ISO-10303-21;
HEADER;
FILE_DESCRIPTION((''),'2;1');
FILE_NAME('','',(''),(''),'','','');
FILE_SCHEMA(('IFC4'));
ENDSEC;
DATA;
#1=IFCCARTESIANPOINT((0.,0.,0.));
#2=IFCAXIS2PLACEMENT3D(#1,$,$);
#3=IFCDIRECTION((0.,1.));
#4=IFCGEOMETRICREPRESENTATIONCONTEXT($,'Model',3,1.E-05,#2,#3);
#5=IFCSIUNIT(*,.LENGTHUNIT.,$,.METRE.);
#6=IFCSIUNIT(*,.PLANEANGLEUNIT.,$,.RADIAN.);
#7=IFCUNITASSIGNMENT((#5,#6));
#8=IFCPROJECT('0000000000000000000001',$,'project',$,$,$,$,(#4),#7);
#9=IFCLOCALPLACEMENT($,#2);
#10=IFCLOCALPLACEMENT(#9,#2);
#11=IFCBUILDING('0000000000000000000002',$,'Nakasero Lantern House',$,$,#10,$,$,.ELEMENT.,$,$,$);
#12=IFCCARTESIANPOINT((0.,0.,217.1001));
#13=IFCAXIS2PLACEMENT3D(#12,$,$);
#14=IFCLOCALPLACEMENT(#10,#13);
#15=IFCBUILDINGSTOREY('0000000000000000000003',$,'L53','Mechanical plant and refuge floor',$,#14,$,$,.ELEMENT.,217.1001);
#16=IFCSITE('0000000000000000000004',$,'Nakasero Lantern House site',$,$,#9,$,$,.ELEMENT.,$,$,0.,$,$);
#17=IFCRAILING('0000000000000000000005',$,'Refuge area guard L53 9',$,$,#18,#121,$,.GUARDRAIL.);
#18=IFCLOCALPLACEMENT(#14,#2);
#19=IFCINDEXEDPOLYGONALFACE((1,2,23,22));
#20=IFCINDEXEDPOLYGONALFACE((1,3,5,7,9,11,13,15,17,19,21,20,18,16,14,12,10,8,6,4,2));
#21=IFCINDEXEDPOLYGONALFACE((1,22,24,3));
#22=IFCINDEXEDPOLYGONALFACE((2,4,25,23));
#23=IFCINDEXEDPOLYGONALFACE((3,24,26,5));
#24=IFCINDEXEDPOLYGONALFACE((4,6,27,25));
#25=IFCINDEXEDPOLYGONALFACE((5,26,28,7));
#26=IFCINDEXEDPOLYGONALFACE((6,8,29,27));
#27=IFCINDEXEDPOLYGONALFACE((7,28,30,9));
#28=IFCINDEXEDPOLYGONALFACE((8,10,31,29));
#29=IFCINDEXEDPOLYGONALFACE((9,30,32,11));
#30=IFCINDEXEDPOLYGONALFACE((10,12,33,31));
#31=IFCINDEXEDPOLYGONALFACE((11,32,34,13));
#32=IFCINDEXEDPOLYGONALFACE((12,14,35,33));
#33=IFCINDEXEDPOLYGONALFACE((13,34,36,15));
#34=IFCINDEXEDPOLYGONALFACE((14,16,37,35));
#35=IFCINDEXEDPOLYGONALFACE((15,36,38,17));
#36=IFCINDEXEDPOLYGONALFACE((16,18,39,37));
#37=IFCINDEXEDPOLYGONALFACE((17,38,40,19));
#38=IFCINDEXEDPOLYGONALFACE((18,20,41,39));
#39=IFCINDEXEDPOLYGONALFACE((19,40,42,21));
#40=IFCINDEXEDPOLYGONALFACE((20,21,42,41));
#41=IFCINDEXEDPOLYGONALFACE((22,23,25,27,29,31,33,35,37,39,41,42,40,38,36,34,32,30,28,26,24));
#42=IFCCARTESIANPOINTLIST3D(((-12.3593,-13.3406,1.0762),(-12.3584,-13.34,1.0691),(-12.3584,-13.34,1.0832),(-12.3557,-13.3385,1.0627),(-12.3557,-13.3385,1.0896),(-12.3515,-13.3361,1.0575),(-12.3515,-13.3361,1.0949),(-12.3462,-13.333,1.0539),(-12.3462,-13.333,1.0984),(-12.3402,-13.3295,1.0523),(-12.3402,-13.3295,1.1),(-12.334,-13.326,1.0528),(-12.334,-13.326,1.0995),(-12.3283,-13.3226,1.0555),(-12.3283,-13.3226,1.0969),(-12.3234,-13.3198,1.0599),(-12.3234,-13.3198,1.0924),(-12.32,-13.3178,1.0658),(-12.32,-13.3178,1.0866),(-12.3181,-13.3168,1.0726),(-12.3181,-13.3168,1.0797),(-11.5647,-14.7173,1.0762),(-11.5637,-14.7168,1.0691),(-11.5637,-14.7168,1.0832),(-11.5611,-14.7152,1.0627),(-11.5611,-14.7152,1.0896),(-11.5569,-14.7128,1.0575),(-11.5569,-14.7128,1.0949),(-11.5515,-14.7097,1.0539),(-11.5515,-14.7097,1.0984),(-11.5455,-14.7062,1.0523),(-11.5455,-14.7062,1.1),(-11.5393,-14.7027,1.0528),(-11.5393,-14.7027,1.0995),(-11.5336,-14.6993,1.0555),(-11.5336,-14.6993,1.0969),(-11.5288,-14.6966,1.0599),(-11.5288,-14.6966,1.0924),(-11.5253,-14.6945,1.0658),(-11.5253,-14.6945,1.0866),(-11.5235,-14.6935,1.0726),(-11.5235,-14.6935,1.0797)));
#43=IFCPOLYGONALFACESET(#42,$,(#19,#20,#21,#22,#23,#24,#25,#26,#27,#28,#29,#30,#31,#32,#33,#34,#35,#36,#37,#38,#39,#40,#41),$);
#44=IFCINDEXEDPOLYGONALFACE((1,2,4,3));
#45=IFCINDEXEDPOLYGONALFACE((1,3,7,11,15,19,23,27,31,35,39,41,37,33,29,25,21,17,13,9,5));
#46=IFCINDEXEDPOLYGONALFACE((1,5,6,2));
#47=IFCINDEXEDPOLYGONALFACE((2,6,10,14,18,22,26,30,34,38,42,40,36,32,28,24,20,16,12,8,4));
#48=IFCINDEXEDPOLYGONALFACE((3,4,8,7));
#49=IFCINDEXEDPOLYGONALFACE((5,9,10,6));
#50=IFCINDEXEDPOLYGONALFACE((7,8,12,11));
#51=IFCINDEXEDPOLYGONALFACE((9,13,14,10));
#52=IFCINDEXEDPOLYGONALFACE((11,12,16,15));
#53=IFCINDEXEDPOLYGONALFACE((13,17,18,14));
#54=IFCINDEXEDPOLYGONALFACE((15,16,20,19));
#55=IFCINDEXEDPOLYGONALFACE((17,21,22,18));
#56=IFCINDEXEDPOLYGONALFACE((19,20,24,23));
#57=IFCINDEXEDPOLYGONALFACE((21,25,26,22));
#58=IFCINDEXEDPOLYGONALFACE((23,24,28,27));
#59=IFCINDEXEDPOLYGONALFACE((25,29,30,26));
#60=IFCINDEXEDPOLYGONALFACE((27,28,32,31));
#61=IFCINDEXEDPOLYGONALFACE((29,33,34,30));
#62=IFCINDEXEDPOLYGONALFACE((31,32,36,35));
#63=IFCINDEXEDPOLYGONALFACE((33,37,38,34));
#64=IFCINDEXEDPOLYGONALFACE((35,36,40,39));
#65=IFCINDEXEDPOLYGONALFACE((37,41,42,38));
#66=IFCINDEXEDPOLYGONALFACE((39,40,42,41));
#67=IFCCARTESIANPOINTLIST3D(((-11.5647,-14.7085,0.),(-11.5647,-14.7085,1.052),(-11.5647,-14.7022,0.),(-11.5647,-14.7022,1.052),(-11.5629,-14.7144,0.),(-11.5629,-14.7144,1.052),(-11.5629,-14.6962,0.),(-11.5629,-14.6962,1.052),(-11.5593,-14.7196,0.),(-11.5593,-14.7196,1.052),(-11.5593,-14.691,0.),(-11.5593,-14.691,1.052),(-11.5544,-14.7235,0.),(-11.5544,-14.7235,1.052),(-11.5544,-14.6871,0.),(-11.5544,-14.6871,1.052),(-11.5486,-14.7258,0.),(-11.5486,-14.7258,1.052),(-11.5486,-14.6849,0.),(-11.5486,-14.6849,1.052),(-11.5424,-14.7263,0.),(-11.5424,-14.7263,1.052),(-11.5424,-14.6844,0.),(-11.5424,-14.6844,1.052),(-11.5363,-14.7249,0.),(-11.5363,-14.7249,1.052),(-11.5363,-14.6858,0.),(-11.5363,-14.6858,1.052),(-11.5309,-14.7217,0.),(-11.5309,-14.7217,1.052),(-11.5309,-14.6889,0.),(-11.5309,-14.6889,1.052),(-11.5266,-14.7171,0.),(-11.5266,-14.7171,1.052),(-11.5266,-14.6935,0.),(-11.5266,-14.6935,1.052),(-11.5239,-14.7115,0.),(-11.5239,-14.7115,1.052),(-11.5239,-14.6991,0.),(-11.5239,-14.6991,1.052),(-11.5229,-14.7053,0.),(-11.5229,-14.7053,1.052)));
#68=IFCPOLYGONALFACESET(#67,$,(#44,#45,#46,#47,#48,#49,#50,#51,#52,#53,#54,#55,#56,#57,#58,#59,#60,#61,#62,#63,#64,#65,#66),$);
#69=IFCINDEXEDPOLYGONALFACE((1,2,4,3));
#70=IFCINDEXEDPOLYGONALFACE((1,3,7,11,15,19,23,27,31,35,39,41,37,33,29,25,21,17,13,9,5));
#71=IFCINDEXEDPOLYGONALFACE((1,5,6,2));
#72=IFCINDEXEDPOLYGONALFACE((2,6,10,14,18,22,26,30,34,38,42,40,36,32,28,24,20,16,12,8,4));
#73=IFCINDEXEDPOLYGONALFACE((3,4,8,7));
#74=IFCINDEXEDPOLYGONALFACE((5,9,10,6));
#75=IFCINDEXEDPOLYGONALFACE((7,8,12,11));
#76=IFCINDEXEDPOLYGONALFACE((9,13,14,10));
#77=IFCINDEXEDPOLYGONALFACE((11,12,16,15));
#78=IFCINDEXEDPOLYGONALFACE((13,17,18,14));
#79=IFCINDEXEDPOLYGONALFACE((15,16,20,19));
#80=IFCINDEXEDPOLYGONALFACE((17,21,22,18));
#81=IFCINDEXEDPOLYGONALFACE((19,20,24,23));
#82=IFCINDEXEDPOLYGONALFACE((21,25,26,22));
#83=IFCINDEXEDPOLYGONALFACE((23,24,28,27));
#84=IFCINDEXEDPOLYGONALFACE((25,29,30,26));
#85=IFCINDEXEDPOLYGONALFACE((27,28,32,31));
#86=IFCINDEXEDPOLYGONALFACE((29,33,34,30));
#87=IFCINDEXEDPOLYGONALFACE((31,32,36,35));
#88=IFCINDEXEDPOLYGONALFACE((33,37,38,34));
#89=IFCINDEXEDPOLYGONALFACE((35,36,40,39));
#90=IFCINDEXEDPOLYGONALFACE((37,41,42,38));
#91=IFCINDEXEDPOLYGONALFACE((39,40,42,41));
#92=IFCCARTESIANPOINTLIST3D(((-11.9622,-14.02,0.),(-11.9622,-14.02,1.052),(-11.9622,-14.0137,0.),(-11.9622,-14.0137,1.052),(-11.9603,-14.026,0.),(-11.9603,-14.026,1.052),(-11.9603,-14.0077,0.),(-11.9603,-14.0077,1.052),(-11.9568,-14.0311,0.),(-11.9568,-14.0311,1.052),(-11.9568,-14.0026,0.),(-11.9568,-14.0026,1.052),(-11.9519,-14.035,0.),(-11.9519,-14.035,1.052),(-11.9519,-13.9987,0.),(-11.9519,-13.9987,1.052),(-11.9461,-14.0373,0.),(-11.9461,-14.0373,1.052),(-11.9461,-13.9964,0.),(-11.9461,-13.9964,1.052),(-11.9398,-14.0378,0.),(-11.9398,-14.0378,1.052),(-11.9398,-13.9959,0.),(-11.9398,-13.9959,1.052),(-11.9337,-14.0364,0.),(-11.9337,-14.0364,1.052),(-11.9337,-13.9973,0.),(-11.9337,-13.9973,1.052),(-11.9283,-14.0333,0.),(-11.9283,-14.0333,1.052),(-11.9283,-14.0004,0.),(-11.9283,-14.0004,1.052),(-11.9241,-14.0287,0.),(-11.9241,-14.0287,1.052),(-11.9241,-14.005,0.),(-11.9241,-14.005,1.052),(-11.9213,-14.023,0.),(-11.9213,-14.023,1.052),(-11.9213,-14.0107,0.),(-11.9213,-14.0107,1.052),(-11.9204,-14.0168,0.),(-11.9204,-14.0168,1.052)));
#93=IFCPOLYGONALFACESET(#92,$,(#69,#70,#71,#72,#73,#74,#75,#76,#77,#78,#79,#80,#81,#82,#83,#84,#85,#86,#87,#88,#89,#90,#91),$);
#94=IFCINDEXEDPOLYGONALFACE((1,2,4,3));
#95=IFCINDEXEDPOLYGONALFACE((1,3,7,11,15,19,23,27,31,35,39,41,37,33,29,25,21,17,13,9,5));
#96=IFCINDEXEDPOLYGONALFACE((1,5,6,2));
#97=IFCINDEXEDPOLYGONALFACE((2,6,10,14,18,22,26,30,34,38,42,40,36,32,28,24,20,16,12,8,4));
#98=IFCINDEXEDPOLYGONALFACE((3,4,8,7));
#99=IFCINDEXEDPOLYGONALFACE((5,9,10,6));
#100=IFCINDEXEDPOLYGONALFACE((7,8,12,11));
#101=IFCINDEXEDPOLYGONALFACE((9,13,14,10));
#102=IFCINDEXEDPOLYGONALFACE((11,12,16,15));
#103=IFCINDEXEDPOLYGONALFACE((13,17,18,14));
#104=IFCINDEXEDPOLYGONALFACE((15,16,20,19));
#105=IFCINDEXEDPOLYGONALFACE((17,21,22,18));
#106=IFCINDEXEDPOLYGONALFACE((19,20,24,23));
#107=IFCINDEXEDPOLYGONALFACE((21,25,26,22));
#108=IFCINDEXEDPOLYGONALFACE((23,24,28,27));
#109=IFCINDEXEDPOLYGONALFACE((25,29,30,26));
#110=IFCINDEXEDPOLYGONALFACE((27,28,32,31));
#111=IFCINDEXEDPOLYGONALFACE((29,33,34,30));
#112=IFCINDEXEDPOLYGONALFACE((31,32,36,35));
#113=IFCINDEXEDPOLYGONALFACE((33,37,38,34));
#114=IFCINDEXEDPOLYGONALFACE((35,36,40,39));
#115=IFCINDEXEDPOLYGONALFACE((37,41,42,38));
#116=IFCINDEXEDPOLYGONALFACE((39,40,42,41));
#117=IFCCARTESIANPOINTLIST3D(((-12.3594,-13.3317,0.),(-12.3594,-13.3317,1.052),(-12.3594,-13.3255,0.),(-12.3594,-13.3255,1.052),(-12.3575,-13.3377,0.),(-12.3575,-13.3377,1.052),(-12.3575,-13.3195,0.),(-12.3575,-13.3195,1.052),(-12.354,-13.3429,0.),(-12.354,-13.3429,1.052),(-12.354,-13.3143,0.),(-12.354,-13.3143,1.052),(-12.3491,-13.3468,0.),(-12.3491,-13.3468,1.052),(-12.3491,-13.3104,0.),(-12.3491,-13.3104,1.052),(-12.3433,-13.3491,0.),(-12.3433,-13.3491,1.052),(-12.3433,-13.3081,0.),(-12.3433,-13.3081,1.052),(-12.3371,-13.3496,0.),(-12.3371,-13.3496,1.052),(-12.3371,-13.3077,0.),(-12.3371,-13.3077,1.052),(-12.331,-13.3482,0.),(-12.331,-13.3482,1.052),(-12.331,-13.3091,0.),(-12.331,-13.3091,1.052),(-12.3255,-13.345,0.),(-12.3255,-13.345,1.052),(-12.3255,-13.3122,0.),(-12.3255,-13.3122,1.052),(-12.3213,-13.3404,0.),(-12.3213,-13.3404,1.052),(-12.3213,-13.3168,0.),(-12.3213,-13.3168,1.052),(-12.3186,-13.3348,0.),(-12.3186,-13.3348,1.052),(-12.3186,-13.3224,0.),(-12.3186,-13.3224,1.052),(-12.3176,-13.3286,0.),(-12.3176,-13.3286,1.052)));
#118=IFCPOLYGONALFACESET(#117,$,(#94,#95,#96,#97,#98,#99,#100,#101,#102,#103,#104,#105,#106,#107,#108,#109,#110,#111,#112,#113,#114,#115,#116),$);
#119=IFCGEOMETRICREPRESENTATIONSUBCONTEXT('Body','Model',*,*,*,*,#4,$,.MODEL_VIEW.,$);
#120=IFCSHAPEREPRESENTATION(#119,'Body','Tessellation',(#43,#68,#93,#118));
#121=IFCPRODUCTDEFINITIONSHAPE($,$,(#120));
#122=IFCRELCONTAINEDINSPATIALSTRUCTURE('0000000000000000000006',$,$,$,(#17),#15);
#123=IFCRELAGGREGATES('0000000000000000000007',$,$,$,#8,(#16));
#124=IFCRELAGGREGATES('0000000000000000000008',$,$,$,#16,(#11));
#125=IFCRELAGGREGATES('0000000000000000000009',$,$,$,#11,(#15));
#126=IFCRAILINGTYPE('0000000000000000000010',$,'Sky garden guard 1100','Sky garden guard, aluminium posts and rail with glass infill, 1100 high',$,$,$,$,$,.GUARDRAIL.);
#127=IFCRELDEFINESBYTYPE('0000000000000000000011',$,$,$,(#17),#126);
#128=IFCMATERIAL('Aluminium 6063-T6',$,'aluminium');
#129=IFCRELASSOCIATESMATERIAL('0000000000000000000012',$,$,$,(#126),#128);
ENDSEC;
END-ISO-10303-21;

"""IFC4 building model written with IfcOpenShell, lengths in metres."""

from ifc_helpers import new_model, si_unit, direction, frame, origin, origin_2d, place, context, subcontext, project, spatial, circle, extrude, material, type_object, element, save


model = new_model("IFC4")

# Units and contexts
model_context = context("Model", 3, precision=1e-05, world=origin(), true_north=direction((0.0, 1.0)))
body_context = subcontext(model_context, "Body", "Model", "MODEL_VIEW")
ifc_project = project(units=[si_unit("LENGTHUNIT", "METRE"), si_unit("PLANEANGLEUNIT", "RADIAN")], contexts=[model_context])

# Site, building, storey
site_placement = place(None, origin())
site = spatial("IfcSite", under=ifc_project, at=site_placement, Name="Nakasero Lantern House site", CompositionType="ELEMENT", RefElevation=0.0)
building_placement = place(site_placement, origin())
building = spatial("IfcBuilding", under=site, at=building_placement, Name="Nakasero Lantern House", CompositionType="ELEMENT")
storey_placement = place(building_placement, frame((0.0, 0.0, 217.1001)))
storey = spatial("IfcBuildingStorey", under=building, at=storey_placement, Name="L53", Description="Mechanical plant and refuge floor", CompositionType="ELEMENT", Elevation=217.1001)

# Railing
ifc_material_1 = material(Name="Aluminium 6063-T6", Category="aluminium")
railing_type = type_object("IfcRailingType", Name="Sky garden guard 1100", Description="Sky garden guard, aluminium posts and rail with glass infill, 1100 high", PredefinedType="GUARDRAIL", material=ifc_material_1)
railing_1_placement = place(storey_placement, frame((-11.5439, -14.7053, 0.0)))
element("IfcRailing", 1, at=railing_1_placement, inside=storey, type_object=railing_type, Name="Refuge area guard L53 9", PredefinedType="GUARDRAIL", context=body_context, shape_type="SweptSolid", body=[
    extrude(circle(Radius=0.0239, at=origin_2d()), frame((0.0, 0.0, 1.0762), z_axis=(-0.499922, 0.866071, 0.0), x_axis=(-0.866071, -0.499922, 0.0)), (0.0, 0.0, 1.0), 1.5896),
    extrude(circle(Radius=0.021, at=origin_2d()), origin(), (0.0, 0.0, 1.0), 1.052),
    extrude(circle(Radius=0.021, at=origin_2d()), frame((-0.3975, 0.6885, 0.0)), (0.0, 0.0, 1.0), 1.052),
    extrude(circle(Radius=0.021, at=origin_2d()), frame((-0.7947, 1.3767, 0.0)), (0.0, 0.0, 1.0), 1.052),
])

save(model, "model.ifc")
